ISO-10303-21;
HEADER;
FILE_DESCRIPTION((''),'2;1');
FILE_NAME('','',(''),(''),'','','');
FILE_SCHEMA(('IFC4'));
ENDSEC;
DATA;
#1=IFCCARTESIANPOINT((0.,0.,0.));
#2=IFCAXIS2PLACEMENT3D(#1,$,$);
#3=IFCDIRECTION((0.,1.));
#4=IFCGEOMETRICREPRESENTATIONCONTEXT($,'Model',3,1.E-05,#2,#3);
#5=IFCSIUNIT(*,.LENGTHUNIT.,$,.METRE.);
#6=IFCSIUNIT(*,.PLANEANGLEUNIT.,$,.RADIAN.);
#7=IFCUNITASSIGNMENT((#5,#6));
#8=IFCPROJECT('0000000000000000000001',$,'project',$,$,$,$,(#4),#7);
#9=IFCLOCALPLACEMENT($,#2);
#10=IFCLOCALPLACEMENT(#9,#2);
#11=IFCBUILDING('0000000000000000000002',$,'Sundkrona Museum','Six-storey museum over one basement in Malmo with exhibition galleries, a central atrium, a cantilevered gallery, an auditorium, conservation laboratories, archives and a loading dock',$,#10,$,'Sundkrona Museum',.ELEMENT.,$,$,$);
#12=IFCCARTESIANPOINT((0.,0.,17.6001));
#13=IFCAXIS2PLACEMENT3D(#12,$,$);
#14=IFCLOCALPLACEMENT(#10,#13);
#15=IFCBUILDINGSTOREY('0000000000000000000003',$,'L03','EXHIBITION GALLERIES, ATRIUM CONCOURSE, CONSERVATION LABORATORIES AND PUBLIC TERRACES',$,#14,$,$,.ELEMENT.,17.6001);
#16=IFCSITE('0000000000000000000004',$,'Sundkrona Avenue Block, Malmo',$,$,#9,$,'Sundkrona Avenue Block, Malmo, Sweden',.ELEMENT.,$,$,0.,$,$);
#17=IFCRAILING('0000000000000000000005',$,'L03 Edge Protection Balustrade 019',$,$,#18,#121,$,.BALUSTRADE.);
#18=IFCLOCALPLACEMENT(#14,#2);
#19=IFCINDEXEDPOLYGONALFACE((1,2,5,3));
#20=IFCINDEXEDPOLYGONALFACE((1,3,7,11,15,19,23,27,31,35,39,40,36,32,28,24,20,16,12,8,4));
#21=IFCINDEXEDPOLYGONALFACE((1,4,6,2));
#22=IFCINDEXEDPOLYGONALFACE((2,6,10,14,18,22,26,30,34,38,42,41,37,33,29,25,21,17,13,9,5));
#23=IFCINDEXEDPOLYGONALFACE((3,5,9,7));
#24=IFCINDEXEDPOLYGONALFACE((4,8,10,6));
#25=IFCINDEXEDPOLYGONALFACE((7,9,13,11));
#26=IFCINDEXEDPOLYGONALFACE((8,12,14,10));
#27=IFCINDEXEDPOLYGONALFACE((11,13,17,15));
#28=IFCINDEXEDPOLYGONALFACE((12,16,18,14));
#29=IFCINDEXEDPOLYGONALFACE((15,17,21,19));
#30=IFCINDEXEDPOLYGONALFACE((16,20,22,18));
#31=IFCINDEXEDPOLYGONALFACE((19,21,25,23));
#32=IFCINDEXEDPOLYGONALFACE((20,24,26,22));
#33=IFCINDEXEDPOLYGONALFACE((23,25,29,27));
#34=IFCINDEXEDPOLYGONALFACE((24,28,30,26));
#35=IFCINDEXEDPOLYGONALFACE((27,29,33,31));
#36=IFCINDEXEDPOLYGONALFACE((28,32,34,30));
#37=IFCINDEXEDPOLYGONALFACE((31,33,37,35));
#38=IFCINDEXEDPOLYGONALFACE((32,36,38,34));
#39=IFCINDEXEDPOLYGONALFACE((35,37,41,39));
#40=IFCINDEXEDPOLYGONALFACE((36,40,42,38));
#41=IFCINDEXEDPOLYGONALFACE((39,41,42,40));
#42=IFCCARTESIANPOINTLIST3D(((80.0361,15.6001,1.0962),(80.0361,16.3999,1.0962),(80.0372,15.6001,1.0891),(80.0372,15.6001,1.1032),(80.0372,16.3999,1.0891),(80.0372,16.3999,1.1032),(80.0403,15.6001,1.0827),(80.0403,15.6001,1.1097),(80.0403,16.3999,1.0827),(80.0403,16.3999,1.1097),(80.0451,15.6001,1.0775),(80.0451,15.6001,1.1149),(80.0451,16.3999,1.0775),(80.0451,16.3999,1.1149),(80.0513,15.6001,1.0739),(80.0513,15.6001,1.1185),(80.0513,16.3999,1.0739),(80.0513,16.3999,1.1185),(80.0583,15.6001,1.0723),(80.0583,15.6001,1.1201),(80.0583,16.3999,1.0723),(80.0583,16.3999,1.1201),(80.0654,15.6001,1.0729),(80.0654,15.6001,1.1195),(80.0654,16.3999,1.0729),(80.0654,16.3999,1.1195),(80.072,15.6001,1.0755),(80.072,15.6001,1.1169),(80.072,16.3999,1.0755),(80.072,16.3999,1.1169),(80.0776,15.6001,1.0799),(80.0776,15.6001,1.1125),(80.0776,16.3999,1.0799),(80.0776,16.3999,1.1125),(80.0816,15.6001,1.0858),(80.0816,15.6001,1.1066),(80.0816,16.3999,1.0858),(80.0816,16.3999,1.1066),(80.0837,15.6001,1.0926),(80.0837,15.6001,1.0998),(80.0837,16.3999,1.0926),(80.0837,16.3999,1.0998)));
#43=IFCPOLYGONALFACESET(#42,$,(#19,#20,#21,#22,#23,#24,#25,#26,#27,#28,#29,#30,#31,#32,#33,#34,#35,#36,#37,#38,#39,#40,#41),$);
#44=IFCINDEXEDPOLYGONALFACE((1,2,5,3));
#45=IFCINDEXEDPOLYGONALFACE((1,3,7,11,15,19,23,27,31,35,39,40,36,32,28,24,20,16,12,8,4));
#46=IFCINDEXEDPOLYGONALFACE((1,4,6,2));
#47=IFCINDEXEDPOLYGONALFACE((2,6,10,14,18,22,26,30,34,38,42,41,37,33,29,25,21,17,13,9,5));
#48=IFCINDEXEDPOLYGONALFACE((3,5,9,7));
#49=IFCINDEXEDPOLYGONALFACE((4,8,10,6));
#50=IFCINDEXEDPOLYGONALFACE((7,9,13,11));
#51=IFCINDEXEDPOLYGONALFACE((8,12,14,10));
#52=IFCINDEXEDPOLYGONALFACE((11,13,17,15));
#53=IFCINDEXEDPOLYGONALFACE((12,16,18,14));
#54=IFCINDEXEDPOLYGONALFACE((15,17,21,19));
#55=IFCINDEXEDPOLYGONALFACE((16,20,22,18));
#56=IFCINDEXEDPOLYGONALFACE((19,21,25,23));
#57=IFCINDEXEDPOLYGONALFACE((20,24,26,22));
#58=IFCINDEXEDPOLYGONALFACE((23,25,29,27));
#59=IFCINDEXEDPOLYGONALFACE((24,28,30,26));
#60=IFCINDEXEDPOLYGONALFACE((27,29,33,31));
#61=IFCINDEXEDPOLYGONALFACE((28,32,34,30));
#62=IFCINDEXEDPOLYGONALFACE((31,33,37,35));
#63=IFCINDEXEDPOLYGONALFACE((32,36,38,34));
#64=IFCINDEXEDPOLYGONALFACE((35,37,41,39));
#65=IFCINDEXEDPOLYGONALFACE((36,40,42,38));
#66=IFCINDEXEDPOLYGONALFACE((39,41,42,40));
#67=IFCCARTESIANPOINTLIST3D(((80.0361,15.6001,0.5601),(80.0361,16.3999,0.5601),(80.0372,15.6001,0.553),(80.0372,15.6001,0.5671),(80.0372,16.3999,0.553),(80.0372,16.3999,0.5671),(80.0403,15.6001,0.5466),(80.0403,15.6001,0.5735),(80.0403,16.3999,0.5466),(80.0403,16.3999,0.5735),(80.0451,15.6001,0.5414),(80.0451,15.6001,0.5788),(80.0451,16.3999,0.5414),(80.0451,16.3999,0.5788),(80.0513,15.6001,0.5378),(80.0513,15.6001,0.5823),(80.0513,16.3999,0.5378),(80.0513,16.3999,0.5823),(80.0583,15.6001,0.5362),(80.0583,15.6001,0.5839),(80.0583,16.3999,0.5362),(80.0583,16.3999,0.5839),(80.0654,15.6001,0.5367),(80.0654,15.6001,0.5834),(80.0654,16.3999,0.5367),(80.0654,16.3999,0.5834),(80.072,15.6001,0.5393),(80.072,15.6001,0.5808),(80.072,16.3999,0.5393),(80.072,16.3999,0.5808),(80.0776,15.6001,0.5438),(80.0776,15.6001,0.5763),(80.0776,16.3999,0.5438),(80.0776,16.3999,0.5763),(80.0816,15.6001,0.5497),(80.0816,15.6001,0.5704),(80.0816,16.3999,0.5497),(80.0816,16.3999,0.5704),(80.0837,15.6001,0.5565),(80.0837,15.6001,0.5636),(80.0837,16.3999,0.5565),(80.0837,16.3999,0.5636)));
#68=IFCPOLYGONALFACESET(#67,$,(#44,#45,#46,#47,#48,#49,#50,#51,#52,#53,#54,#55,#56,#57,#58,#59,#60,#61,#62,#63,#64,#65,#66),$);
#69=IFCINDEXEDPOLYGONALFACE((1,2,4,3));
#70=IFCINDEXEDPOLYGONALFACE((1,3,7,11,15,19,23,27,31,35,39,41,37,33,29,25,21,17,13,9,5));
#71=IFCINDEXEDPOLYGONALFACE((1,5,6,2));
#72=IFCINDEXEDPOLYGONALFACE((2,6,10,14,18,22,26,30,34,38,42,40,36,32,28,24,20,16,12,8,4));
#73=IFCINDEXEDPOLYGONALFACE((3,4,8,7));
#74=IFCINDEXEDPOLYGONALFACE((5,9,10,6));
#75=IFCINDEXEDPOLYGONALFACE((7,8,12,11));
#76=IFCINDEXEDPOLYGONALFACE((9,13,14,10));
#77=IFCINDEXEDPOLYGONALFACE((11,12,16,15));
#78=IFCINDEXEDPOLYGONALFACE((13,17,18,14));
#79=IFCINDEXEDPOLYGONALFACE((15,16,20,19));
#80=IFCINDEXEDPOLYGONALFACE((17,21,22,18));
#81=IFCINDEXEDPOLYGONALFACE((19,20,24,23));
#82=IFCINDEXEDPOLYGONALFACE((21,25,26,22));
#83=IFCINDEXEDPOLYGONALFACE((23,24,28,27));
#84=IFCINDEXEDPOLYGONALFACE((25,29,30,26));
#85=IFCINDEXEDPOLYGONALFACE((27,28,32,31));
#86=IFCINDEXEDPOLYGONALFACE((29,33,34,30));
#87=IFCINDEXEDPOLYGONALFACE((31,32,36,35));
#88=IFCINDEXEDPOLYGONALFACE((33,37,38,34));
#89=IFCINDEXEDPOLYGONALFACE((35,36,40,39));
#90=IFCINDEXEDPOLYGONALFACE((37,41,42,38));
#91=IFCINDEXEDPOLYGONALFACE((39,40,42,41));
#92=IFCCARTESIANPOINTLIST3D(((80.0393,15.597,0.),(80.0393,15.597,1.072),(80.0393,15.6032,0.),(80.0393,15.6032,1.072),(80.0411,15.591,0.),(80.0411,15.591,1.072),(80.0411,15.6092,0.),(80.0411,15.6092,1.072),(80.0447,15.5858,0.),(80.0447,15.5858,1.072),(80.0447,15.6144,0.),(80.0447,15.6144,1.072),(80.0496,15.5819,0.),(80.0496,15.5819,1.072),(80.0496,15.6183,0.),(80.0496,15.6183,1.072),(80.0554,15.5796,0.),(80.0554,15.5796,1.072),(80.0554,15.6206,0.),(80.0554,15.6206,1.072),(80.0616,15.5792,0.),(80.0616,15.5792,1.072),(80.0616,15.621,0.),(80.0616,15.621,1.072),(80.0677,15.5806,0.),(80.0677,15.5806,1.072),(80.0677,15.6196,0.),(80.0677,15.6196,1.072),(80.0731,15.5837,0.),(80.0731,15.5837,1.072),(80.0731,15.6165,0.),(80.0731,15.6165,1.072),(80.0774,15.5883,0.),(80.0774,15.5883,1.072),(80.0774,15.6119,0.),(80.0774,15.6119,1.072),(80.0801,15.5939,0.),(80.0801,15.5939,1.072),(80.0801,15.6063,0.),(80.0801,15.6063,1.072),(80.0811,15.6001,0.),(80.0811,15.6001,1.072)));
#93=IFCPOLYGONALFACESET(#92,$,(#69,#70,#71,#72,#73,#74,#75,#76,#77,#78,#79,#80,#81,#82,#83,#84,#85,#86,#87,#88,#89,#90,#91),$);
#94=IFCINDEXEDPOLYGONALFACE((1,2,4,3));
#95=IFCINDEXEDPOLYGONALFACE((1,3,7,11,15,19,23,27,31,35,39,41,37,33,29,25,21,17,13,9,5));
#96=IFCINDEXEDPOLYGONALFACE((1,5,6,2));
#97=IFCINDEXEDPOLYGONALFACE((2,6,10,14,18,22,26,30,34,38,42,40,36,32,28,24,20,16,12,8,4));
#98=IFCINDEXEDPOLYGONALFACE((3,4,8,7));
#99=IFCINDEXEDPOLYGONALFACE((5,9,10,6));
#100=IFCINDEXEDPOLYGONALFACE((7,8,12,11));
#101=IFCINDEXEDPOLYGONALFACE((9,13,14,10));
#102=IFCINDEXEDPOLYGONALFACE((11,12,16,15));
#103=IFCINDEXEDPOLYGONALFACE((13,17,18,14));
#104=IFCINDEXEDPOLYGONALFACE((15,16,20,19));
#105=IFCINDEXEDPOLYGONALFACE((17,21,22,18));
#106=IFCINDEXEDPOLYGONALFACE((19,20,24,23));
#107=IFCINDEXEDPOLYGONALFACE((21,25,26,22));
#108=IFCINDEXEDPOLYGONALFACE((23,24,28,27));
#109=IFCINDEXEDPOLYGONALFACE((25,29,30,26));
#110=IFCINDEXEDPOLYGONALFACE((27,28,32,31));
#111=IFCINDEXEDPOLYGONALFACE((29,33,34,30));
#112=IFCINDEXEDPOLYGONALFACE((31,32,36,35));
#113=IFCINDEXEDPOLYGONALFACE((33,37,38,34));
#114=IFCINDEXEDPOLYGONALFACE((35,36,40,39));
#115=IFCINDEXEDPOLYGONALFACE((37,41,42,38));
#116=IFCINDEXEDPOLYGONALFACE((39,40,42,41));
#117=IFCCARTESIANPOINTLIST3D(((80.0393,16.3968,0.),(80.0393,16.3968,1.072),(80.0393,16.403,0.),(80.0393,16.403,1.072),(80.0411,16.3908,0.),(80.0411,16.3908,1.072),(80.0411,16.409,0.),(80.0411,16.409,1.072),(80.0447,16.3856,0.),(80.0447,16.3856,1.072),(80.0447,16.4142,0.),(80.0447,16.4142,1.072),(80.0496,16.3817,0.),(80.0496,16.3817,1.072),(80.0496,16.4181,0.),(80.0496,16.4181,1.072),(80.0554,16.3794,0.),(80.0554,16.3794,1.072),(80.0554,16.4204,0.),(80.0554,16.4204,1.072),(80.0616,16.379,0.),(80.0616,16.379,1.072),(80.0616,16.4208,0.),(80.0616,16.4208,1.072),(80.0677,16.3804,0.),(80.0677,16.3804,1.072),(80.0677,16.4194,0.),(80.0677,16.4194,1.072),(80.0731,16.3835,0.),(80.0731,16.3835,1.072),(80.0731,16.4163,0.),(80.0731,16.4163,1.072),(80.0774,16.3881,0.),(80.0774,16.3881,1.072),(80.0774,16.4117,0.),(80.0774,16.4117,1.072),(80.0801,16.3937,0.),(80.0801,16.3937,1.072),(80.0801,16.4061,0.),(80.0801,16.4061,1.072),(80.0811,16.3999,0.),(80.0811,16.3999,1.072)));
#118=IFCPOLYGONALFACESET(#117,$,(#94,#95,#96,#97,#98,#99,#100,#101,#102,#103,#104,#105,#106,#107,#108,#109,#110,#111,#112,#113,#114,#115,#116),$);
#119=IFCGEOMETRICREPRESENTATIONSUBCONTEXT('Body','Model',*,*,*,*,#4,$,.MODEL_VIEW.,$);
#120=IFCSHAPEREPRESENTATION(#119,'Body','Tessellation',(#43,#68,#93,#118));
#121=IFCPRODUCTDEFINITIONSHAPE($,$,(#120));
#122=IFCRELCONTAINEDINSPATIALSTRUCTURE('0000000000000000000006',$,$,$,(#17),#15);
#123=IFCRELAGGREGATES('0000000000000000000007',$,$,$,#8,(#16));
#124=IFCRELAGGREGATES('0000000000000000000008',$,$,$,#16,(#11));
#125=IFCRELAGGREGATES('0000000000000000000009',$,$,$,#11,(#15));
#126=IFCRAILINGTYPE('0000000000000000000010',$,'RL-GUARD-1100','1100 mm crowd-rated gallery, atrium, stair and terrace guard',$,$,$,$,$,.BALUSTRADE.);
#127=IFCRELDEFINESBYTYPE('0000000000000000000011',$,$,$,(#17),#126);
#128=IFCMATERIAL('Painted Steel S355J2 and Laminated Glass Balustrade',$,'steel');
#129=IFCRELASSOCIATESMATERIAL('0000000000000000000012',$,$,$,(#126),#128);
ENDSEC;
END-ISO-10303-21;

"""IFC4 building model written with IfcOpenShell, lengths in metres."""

from ifc_helpers import new_model, si_unit, direction, frame, origin, origin_2d, place, context, subcontext, project, spatial, circle, extrude, material, type_object, element, save


model = new_model("IFC4")

# Units and contexts
model_context = context("Model", 3, precision=1e-05, world=origin(), true_north=direction((0.0, 1.0)))
body_context = subcontext(model_context, "Body", "Model", "MODEL_VIEW")
ifc_project = project(units=[si_unit("LENGTHUNIT", "METRE"), si_unit("PLANEANGLEUNIT", "RADIAN")], contexts=[model_context])

# Site, building, storey
site_placement = place(None, origin())
site = spatial("IfcSite", under=ifc_project, at=site_placement, Name="Sundkrona Avenue Block, Malmo", LongName="Sundkrona Avenue Block, Malmo, Sweden", CompositionType="ELEMENT", RefElevation=0.0)
building_placement = place(site_placement, origin())
building = spatial("IfcBuilding", under=site, at=building_placement, Name="Sundkrona Museum", Description="Six-storey museum over one basement in Malmo with exhibition galleries, a central atrium, a cantilevered gallery, an auditorium, conservation laboratories, archives and a loading dock", LongName="Sundkrona Museum", CompositionType="ELEMENT")
storey_placement = place(building_placement, frame((0.0, 0.0, 17.6001)))
storey = spatial("IfcBuildingStorey", under=building, at=storey_placement, Name="L03", Description="EXHIBITION GALLERIES, ATRIUM CONCOURSE, CONSERVATION LABORATORIES AND PUBLIC TERRACES", CompositionType="ELEMENT", Elevation=17.6001)

# Railing
ifc_material_1 = material(Name="Painted Steel S355J2 and Laminated Glass Balustrade", Category="steel")
railing_type = type_object("IfcRailingType", Name="RL-GUARD-1100", Description="1100 mm crowd-rated gallery, atrium, stair and terrace guard", PredefinedType="BALUSTRADE", material=ifc_material_1)
for number, where, name in (
    (1, (80.0601, 15.6001, 0.0), "L03 Edge Protection Balustrade 019"),
):
    element("IfcRailing", number, at=place(storey_placement, frame(where)), inside=storey, type_object=railing_type, Name=name, PredefinedType="BALUSTRADE", context=body_context, shape_type="SweptSolid", body=[
        extrude(circle(Radius=0.0239, at=origin_2d()), frame((0.0, 0.0, 1.0962), z_axis=(0.0, 1.0, 0.0), x_axis=(-1.0, 0.0, 0.0)), (0.0, 0.0, 1.0), 0.7998),
        extrude(circle(Radius=0.0239, at=origin_2d()), frame((0.0, 0.0, 0.5601), z_axis=(0.0, 1.0, 0.0), x_axis=(-1.0, 0.0, 0.0)), (0.0, 0.0, 1.0), 0.7998),
        extrude(circle(Radius=0.021, at=origin_2d()), origin(), (0.0, 0.0, 1.0), 1.072),
        extrude(circle(Radius=0.021, at=origin_2d()), frame((0.0, 0.7998, 0.0)), (0.0, 0.0, 1.0), 1.072),
    ])

save(model, "model.ifc")
